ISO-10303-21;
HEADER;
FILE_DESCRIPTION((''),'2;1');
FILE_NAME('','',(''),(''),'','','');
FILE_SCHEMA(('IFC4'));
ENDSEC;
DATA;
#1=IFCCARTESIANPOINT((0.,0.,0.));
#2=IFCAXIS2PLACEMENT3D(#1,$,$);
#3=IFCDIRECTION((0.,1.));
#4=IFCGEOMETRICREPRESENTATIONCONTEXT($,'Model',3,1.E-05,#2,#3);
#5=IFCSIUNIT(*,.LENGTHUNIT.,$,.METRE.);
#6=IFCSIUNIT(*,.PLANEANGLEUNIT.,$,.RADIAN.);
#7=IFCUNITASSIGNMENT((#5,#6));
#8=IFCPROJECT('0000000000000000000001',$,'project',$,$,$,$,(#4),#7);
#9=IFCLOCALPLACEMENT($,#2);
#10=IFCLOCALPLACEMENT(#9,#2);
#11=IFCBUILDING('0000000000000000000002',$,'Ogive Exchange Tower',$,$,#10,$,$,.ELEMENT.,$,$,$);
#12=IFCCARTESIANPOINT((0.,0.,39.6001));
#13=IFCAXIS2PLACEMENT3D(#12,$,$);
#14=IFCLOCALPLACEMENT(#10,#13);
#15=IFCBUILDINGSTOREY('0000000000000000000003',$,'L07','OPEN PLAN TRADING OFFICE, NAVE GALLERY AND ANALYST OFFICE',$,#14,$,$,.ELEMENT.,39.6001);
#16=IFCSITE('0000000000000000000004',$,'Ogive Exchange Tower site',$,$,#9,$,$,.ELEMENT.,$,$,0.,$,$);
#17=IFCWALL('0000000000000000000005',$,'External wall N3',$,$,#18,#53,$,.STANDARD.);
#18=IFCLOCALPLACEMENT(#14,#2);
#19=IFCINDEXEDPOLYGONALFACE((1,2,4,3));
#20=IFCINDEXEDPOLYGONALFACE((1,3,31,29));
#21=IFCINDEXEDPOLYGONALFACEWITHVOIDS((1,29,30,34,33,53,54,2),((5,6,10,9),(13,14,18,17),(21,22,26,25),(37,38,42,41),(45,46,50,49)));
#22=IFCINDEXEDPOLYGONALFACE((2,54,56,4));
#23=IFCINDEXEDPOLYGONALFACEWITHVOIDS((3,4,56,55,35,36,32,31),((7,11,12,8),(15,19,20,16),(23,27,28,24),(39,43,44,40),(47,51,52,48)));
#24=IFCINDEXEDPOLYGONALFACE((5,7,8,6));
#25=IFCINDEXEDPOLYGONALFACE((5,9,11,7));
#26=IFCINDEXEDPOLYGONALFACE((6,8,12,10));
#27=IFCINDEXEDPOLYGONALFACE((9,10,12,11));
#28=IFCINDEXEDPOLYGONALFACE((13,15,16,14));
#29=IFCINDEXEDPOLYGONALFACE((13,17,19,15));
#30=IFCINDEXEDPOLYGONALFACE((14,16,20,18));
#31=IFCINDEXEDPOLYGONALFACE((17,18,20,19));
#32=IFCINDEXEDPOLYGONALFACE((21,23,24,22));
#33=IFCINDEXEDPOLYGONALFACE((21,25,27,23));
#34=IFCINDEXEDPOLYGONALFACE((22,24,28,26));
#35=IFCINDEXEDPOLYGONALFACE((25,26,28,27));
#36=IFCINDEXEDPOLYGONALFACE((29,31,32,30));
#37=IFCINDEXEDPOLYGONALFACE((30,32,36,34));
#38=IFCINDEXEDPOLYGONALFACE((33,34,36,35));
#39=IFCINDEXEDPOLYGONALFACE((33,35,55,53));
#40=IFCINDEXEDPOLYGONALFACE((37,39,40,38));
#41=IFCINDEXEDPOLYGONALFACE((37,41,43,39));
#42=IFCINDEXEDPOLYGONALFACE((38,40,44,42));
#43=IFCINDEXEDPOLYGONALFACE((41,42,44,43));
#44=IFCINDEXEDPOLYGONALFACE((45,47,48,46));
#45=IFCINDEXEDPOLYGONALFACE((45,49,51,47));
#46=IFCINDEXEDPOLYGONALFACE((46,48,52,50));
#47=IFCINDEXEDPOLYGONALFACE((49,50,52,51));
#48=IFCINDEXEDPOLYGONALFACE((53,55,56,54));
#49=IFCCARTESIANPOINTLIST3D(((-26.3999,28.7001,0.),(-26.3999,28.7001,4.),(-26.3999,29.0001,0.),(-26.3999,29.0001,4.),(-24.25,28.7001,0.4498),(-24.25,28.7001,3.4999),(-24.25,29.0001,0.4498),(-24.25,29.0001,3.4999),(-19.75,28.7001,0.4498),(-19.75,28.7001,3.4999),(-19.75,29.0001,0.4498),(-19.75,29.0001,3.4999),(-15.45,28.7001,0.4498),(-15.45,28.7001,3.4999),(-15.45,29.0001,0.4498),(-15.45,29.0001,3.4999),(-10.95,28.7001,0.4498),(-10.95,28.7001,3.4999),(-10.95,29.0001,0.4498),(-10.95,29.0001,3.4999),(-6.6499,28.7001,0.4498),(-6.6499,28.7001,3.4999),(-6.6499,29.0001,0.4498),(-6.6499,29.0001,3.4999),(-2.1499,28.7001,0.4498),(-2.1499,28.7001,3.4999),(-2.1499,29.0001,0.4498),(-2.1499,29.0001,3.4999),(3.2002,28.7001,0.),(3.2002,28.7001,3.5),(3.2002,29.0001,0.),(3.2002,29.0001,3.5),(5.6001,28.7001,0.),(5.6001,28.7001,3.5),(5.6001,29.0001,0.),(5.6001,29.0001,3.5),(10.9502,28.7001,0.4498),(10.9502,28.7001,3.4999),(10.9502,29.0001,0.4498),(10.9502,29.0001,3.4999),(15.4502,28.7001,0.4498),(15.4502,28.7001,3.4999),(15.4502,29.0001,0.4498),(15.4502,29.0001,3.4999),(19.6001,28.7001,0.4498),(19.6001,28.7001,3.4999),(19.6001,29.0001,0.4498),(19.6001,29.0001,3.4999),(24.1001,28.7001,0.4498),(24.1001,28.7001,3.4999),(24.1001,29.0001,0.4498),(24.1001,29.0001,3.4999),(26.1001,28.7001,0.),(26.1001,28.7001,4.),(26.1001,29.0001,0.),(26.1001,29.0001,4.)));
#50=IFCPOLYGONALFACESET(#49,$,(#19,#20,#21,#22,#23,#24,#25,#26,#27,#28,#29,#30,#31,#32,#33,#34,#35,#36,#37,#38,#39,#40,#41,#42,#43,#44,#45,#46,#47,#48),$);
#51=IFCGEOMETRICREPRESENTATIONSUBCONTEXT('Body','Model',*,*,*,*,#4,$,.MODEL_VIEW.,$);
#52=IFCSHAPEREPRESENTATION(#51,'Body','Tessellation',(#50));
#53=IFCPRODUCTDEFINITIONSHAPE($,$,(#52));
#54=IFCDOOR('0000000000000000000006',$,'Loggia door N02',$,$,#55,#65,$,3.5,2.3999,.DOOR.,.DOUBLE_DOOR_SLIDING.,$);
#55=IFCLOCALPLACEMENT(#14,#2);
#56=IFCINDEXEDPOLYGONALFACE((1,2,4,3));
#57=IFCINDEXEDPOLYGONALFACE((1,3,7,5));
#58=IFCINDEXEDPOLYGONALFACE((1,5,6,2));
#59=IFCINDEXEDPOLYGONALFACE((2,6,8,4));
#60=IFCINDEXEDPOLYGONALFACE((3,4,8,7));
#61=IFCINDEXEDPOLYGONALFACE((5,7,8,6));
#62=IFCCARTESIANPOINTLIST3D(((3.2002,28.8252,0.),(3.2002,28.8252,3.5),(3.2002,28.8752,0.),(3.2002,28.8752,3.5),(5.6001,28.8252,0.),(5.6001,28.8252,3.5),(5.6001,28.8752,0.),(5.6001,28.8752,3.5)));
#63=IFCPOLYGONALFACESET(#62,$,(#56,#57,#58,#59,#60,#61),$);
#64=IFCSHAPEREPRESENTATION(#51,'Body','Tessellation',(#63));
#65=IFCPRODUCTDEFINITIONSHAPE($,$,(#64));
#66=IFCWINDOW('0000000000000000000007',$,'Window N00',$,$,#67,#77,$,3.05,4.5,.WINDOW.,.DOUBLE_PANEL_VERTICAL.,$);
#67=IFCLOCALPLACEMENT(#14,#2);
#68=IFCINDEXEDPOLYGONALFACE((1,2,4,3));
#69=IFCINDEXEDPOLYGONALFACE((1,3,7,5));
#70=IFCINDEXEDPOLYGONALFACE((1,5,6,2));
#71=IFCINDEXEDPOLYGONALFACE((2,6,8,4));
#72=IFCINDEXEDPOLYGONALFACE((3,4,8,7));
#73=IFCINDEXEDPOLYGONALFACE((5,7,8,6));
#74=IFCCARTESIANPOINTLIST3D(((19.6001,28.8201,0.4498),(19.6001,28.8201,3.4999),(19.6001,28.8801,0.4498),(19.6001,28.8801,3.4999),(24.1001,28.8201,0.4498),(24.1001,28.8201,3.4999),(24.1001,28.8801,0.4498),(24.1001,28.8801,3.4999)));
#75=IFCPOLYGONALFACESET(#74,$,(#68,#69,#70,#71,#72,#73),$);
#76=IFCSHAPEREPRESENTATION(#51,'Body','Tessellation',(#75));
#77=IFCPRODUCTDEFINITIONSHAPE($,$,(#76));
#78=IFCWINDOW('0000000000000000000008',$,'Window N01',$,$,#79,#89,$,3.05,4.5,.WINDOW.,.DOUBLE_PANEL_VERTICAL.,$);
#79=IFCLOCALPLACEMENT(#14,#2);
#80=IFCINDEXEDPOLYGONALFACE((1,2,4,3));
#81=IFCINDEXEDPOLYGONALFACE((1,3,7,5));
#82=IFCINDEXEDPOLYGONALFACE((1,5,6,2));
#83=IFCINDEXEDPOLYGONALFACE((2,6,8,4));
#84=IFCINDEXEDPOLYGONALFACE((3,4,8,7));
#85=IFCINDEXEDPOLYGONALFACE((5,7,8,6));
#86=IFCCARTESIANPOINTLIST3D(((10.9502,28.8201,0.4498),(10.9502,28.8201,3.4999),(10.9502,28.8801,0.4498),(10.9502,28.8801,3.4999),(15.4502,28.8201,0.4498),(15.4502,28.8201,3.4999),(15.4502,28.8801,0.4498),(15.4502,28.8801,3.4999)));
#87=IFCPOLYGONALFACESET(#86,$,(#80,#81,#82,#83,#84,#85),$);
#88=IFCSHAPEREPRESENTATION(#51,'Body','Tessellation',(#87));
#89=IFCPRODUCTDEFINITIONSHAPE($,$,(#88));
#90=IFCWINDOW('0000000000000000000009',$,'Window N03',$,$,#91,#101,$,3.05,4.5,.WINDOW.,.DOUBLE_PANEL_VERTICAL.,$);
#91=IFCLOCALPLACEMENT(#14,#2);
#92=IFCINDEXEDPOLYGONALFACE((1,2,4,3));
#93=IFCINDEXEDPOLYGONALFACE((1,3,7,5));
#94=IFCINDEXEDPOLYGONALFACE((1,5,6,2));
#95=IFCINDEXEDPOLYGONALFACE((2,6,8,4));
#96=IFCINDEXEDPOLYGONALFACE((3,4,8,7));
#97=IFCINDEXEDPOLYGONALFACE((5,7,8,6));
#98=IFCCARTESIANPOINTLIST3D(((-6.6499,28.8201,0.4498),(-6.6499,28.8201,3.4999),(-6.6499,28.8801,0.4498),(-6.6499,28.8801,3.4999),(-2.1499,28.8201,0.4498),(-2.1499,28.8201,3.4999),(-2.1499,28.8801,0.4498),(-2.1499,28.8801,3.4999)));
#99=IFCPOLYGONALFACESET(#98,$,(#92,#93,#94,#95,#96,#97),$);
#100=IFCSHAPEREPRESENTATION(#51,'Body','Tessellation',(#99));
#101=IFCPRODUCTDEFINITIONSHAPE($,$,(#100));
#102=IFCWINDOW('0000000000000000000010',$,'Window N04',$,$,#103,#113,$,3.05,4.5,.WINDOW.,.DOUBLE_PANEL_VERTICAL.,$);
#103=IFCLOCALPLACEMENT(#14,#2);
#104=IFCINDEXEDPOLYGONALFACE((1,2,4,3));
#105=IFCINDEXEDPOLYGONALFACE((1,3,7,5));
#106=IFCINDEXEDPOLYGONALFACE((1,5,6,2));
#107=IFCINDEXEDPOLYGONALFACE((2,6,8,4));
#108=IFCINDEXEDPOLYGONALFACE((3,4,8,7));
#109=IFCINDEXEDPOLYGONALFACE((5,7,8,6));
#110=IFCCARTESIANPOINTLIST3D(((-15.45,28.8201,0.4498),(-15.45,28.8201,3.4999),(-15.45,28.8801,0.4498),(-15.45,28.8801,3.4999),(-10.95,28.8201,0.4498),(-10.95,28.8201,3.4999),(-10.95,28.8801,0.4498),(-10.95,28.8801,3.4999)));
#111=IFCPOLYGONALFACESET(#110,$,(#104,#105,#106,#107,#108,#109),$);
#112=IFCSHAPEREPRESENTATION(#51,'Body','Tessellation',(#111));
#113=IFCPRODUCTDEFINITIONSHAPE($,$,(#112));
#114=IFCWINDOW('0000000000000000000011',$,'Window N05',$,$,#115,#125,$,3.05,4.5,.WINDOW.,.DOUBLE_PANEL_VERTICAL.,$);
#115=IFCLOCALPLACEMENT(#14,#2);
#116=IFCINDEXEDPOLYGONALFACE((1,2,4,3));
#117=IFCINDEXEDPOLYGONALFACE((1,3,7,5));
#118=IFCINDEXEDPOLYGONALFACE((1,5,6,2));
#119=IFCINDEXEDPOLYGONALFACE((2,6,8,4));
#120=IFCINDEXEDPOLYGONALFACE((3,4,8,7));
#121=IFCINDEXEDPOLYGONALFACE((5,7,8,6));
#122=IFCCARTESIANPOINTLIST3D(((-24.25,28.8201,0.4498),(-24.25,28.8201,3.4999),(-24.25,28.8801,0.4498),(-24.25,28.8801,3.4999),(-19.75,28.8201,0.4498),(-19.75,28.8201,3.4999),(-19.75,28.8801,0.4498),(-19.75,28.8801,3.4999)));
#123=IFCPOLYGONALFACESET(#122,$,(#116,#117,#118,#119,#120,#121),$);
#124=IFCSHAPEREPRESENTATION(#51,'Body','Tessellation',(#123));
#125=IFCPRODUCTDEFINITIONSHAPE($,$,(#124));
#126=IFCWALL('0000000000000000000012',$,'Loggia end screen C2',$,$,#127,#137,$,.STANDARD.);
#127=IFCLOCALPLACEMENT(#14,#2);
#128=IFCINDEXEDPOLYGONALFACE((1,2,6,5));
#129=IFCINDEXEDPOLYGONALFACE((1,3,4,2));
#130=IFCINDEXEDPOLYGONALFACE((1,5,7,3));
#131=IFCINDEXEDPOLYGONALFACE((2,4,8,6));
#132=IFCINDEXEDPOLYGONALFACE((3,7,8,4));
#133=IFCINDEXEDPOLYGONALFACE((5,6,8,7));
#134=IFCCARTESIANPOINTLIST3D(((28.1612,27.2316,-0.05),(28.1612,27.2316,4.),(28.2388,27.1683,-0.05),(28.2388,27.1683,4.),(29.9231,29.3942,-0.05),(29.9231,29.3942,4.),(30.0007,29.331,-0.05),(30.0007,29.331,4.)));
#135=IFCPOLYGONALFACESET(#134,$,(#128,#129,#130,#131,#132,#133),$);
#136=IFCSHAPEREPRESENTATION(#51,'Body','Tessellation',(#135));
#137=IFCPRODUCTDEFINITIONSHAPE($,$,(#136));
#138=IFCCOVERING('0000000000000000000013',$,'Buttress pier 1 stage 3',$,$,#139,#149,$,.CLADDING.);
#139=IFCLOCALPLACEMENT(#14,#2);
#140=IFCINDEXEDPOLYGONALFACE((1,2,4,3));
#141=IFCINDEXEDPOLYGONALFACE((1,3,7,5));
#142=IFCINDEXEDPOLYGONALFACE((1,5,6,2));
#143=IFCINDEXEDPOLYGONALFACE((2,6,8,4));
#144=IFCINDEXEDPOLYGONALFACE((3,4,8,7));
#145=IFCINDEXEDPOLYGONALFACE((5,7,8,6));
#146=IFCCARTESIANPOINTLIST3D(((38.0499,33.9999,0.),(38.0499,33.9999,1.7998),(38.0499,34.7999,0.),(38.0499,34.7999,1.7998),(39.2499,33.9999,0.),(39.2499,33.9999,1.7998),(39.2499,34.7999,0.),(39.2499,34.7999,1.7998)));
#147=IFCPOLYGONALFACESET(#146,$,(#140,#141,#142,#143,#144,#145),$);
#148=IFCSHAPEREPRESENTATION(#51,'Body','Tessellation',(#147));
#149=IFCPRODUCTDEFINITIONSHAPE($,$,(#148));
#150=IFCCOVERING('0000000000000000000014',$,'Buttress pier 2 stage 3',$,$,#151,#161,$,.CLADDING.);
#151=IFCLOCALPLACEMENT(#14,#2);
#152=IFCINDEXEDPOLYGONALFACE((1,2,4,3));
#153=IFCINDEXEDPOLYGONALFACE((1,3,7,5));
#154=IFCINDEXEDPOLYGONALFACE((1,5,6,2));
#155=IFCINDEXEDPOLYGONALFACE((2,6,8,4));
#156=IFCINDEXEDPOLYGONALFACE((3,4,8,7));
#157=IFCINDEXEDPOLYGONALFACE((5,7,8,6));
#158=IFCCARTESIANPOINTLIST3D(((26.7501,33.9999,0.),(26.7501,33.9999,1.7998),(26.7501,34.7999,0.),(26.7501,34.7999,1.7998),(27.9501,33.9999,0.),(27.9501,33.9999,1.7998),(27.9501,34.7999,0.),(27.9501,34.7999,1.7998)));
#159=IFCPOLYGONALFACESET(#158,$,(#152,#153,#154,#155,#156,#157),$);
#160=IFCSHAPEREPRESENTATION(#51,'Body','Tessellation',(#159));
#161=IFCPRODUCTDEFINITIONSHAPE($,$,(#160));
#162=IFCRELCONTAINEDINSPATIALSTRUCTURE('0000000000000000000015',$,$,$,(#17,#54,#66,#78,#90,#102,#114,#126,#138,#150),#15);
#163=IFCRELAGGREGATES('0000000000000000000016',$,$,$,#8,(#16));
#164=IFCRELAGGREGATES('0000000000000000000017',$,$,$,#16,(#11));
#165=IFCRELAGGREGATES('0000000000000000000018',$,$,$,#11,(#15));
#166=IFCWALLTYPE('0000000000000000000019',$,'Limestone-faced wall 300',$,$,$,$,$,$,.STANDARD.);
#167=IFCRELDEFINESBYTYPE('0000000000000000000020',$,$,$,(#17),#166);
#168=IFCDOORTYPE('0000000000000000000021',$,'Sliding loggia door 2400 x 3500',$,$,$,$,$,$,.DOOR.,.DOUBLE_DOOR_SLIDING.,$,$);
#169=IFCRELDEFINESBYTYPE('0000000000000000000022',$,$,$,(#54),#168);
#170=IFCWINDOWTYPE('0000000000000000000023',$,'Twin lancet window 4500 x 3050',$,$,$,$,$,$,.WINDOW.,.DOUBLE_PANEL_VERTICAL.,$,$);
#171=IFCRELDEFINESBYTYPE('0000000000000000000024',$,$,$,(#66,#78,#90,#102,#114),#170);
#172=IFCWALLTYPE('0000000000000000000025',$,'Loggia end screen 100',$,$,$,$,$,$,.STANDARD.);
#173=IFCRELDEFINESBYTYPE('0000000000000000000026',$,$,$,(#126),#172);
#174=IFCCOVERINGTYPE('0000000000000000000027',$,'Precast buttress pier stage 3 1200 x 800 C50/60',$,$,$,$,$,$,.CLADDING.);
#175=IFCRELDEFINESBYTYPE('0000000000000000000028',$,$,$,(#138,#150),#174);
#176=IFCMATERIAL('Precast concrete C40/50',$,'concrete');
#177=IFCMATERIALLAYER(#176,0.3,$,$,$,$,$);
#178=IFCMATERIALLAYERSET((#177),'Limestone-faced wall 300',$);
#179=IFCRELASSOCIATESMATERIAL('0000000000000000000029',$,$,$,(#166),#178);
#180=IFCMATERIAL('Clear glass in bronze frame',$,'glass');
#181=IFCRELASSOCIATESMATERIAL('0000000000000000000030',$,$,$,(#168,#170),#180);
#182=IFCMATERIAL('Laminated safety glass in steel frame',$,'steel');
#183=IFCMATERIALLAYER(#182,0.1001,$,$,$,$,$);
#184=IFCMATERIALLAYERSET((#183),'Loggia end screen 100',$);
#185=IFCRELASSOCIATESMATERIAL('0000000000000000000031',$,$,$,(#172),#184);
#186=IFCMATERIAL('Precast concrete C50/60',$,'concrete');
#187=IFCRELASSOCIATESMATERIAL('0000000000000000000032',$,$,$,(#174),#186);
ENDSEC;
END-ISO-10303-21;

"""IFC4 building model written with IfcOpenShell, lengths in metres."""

from ifc_helpers import new_model, si_unit, direction, frame, frame_2d, origin, origin_2d, place, context, subcontext, project, spatial, rectangle, extrude, material, layer, layer_set, material_profile, profile_set, type_object, element, fill, save


model = new_model("IFC4")

# Units and contexts
model_context = context("Model", 3, precision=1e-05, world=origin(), true_north=direction((0.0, 1.0)))
body_context = subcontext(model_context, "Body", "Model", "MODEL_VIEW")
ifc_project = project(units=[si_unit("LENGTHUNIT", "METRE"), si_unit("PLANEANGLEUNIT", "RADIAN")], contexts=[model_context])

# Site, building, storey
site_placement = place(None, origin())
site = spatial("IfcSite", under=ifc_project, at=site_placement, Name="Ogive Exchange Tower site", CompositionType="ELEMENT", RefElevation=0.0)
building_placement = place(site_placement, origin())
building = spatial("IfcBuilding", under=site, at=building_placement, Name="Ogive Exchange Tower", CompositionType="ELEMENT")
storey_placement = place(building_placement, frame((0.0, 0.0, 39.6001)))
storey = spatial("IfcBuildingStorey", under=building, at=storey_placement, Name="L07", Description="OPEN PLAN TRADING OFFICE, NAVE GALLERY AND ANALYST OFFICE", CompositionType="ELEMENT", Elevation=39.6001)

# Wall, openings, door, windows
ifc_material_1 = material(Name="Precast concrete C40/50", Category="concrete")
ifc_layer_1 = layer(ifc_material_1, 0.3)
ifc_layer_set_1 = layer_set([ifc_layer_1], Name="Limestone-faced wall 300")
wall_type_1 = type_object("IfcWallType", Name="Limestone-faced wall 300", PredefinedType="STANDARD", material=ifc_layer_set_1)
wall_1_placement = place(storey_placement, frame((26.1001, 28.8501, 0.0), z_axis=(0.0, 0.0, 1.0), x_axis=(-1.0, 0.0, 0.0)))
wall_1 = element("IfcWall", 1, at=wall_1_placement, inside=storey, type_object=wall_type_1, Name="External wall N3", PredefinedType="STANDARD", context=body_context, shape_type="SweptSolid", body=[
    extrude(rectangle(XDim=52.5, YDim=0.3, at=frame_2d((26.25, 0.0))), origin(), (0.0, 0.0, 1.0), 4.0),
])
opening_1_placement = place(wall_1_placement, frame((2.0, 0.0, 0.45)))
opening_1 = element("IfcOpeningElement", 2, at=opening_1_placement, cuts=wall_1, PredefinedType="OPENING", context=body_context, shape_type="SweptSolid", body=[
    extrude(rectangle(XDim=4.5, YDim=3.05, at=frame_2d((2.25, 1.5249))), frame((0.0, 0.1599, 0.0), z_axis=(0.0, -1.0, 0.0), x_axis=(1.0, 0.0, 0.0)), (0.0, 0.0, 1.0), 0.3201),
])
opening_2_placement = place(wall_1_placement, frame((10.6499, 0.0, 0.45)))
opening_2 = element("IfcOpeningElement", 3, at=opening_2_placement, cuts=wall_1, PredefinedType="OPENING", context=body_context, shape_type="SweptSolid", body=[
    extrude(rectangle(XDim=4.5, YDim=3.05, at=frame_2d((2.25, 1.5249))), frame((0.0, 0.1599, 0.0), z_axis=(0.0, -1.0, 0.0), x_axis=(1.0, 0.0, 0.0)), (0.0, 0.0, 1.0), 0.3201),
])
opening_3_placement = place(wall_1_placement, frame((20.5, 0.0, 0.0)))
opening_3 = element("IfcOpeningElement", 4, at=opening_3_placement, cuts=wall_1, PredefinedType="OPENING", context=body_context, shape_type="SweptSolid", body=[
    extrude(rectangle(XDim=2.3999, YDim=3.5, at=frame_2d((1.2, 1.75))), frame((0.0, 0.1599, 0.0), z_axis=(0.0, -1.0, 0.0), x_axis=(1.0, 0.0, 0.0)), (0.0, 0.0, 1.0), 0.3201),
])
opening_4_placement = place(wall_1_placement, frame((28.25, 0.0, 0.45)))
opening_4 = element("IfcOpeningElement", 5, at=opening_4_placement, cuts=wall_1, PredefinedType="OPENING", context=body_context, shape_type="SweptSolid", body=[
    extrude(rectangle(XDim=4.5, YDim=3.05, at=frame_2d((2.25, 1.5249))), frame((0.0, 0.1599, 0.0), z_axis=(0.0, -1.0, 0.0), x_axis=(1.0, 0.0, 0.0)), (0.0, 0.0, 1.0), 0.3201),
])
opening_5_placement = place(wall_1_placement, frame((37.05, 0.0, 0.45)))
opening_5 = element("IfcOpeningElement", 6, at=opening_5_placement, cuts=wall_1, PredefinedType="OPENING", context=body_context, shape_type="SweptSolid", body=[
    extrude(rectangle(XDim=4.5, YDim=3.05, at=frame_2d((2.25, 1.5249))), frame((0.0, 0.1599, 0.0), z_axis=(0.0, -1.0, 0.0), x_axis=(1.0, 0.0, 0.0)), (0.0, 0.0, 1.0), 0.3201),
])
opening_6_placement = place(wall_1_placement, frame((45.8501, 0.0, 0.45)))
opening_6 = element("IfcOpeningElement", 7, at=opening_6_placement, cuts=wall_1, PredefinedType="OPENING", context=body_context, shape_type="SweptSolid", body=[
    extrude(rectangle(XDim=4.5, YDim=3.05, at=frame_2d((2.25, 1.5249))), frame((0.0, 0.1599, 0.0), z_axis=(0.0, -1.0, 0.0), x_axis=(1.0, 0.0, 0.0)), (0.0, 0.0, 1.0), 0.3201),
])
ifc_material_2 = material(Name="Clear glass in bronze frame", Category="glass")
door_type_1 = type_object("IfcDoorType", Name="Sliding loggia door 2400 x 3500", OperationType="DOUBLE_DOOR_SLIDING", PredefinedType="DOOR", material=ifc_material_2)
door_1_placement = place(opening_3_placement, origin())
door_1 = element("IfcDoor", 8, at=door_1_placement, inside=storey, type_object=door_type_1, Name="Loggia door N02", OperationType="DOUBLE_DOOR_SLIDING", OverallHeight=3.5, OverallWidth=2.3999, PredefinedType="DOOR", context=body_context, shape_type="SweptSolid", body=[
    extrude(rectangle(XDim=2.3999, YDim=3.5, at=frame_2d((1.2, 1.75))), frame((0.0, 0.0249, 0.0), z_axis=(0.0, -1.0, 0.0), x_axis=(1.0, 0.0, 0.0)), (0.0, 0.0, 1.0), 0.05),
])
fill(opening_3, door_1)
window_type = type_object("IfcWindowType", Name="Twin lancet window 4500 x 3050", PartitioningType="DOUBLE_PANEL_VERTICAL", PredefinedType="WINDOW", material=ifc_material_2)
window_1_placement = place(opening_1_placement, origin())
window_1 = element("IfcWindow", 9, at=window_1_placement, inside=storey, type_object=window_type, Name="Window N00", OverallHeight=3.05, OverallWidth=4.5, PartitioningType="DOUBLE_PANEL_VERTICAL", PredefinedType="WINDOW", context=body_context, shape_type="SweptSolid", body=[
    extrude(rectangle(XDim=4.5, YDim=3.05, at=frame_2d((2.25, 1.5249))), frame((0.0, 0.03, 0.0), z_axis=(0.0, -1.0, 0.0), x_axis=(1.0, 0.0, 0.0)), (0.0, 0.0, 1.0), 0.0601),
])
fill(opening_1, window_1)
window_2_placement = place(opening_2_placement, origin())
window_2 = element("IfcWindow", 10, at=window_2_placement, inside=storey, type_object=window_type, Name="Window N01", OverallHeight=3.05, OverallWidth=4.5, PartitioningType="DOUBLE_PANEL_VERTICAL", PredefinedType="WINDOW", context=body_context, shape_type="SweptSolid", body=[
    extrude(rectangle(XDim=4.5, YDim=3.05, at=frame_2d((2.25, 1.5249))), frame((0.0, 0.03, 0.0), z_axis=(0.0, -1.0, 0.0), x_axis=(1.0, 0.0, 0.0)), (0.0, 0.0, 1.0), 0.0601),
])
fill(opening_2, window_2)
window_3_placement = place(opening_4_placement, origin())
window_3 = element("IfcWindow", 11, at=window_3_placement, inside=storey, type_object=window_type, Name="Window N03", OverallHeight=3.05, OverallWidth=4.5, PartitioningType="DOUBLE_PANEL_VERTICAL", PredefinedType="WINDOW", context=body_context, shape_type="SweptSolid", body=[
    extrude(rectangle(XDim=4.5, YDim=3.05, at=frame_2d((2.25, 1.5249))), frame((0.0, 0.03, 0.0), z_axis=(0.0, -1.0, 0.0), x_axis=(1.0, 0.0, 0.0)), (0.0, 0.0, 1.0), 0.0601),
])
fill(opening_4, window_3)
window_4_placement = place(opening_5_placement, origin())
window_4 = element("IfcWindow", 12, at=window_4_placement, inside=storey, type_object=window_type, Name="Window N04", OverallHeight=3.05, OverallWidth=4.5, PartitioningType="DOUBLE_PANEL_VERTICAL", PredefinedType="WINDOW", context=body_context, shape_type="SweptSolid", body=[
    extrude(rectangle(XDim=4.5, YDim=3.05, at=frame_2d((2.25, 1.5249))), frame((0.0, 0.03, 0.0), z_axis=(0.0, -1.0, 0.0), x_axis=(1.0, 0.0, 0.0)), (0.0, 0.0, 1.0), 0.0601),
])
fill(opening_5, window_4)
window_5_placement = place(opening_6_placement, origin())
window_5 = element("IfcWindow", 13, at=window_5_placement, inside=storey, type_object=window_type, Name="Window N05", OverallHeight=3.05, OverallWidth=4.5, PartitioningType="DOUBLE_PANEL_VERTICAL", PredefinedType="WINDOW", context=body_context, shape_type="SweptSolid", body=[
    extrude(rectangle(XDim=4.5, YDim=3.05, at=frame_2d((2.25, 1.5249))), frame((0.0, 0.03, 0.0), z_axis=(0.0, -1.0, 0.0), x_axis=(1.0, 0.0, 0.0)), (0.0, 0.0, 1.0), 0.0601),
])
fill(opening_6, window_5)

# Wall
ifc_material_3 = material(Name="Laminated safety glass in steel frame", Category="steel")
ifc_layer_2 = layer(ifc_material_3, 0.1001)
ifc_layer_set_2 = layer_set([ifc_layer_2], Name="Loggia end screen 100")
wall_type_2 = type_object("IfcWallType", Name="Loggia end screen 100", PredefinedType="STANDARD", material=ifc_layer_set_2)
wall_2_placement = place(storey_placement, frame((28.2, 27.2, -0.05), z_axis=(0.0, 0.0, 1.0), x_axis=(0.63164, 0.775262, 0.0)))
element("IfcWall", 14, at=wall_2_placement, inside=storey, type_object=wall_type_2, Name="Loggia end screen C2", PredefinedType="STANDARD", context=body_context, shape_type="SweptSolid", body=[
    extrude(rectangle(XDim=2.7896, YDim=0.1001, at=frame_2d((1.3948, 0.0))), origin(), (0.0, 0.0, 1.0), 4.05),
])

# Coverings
ifc_material_4 = material(Name="Precast concrete C50/60", Category="concrete")
ifc_material_profile_1 = material_profile(ifc_material_4, rectangle(XDim=1.2, YDim=0.8, at=origin_2d()), Name="BUTTRESS PIER 3 1200 x 800")
ifc_profile_set_1 = profile_set([ifc_material_profile_1], Name="Precast concrete C50/60")
covering_type_1 = type_object("IfcCoveringType", Name="Precast buttress pier stage 3 1200 x 800 C50/60", PredefinedType="CLADDING", material=ifc_profile_set_1)
for number, where, z_axis, x_axis, name in (
    (15, (38.6499, 34.3999, 0.0), (0.0, 0.0, 1.0), (1.0, 0.0, 0.0), "Buttress pier 1 stage 3"),
    (16, (27.3501, 34.3999, 0.0), (0.0, 0.0, 1.0), (1.0, 0.0, 0.0), "Buttress pier 2 stage 3"),
):
    element("IfcCovering", number, at=place(storey_placement, frame(where, z_axis=z_axis, x_axis=x_axis)), inside=storey, type_object=covering_type_1, Name=name, PredefinedType="CLADDING", context=body_context, shape_type="SweptSolid", body=[
        extrude(rectangle(XDim=1.2, YDim=0.8, at=origin_2d()), origin(), (0.0, 0.0, 1.0), 1.7998),
    ])

save(model, "model.ifc")
